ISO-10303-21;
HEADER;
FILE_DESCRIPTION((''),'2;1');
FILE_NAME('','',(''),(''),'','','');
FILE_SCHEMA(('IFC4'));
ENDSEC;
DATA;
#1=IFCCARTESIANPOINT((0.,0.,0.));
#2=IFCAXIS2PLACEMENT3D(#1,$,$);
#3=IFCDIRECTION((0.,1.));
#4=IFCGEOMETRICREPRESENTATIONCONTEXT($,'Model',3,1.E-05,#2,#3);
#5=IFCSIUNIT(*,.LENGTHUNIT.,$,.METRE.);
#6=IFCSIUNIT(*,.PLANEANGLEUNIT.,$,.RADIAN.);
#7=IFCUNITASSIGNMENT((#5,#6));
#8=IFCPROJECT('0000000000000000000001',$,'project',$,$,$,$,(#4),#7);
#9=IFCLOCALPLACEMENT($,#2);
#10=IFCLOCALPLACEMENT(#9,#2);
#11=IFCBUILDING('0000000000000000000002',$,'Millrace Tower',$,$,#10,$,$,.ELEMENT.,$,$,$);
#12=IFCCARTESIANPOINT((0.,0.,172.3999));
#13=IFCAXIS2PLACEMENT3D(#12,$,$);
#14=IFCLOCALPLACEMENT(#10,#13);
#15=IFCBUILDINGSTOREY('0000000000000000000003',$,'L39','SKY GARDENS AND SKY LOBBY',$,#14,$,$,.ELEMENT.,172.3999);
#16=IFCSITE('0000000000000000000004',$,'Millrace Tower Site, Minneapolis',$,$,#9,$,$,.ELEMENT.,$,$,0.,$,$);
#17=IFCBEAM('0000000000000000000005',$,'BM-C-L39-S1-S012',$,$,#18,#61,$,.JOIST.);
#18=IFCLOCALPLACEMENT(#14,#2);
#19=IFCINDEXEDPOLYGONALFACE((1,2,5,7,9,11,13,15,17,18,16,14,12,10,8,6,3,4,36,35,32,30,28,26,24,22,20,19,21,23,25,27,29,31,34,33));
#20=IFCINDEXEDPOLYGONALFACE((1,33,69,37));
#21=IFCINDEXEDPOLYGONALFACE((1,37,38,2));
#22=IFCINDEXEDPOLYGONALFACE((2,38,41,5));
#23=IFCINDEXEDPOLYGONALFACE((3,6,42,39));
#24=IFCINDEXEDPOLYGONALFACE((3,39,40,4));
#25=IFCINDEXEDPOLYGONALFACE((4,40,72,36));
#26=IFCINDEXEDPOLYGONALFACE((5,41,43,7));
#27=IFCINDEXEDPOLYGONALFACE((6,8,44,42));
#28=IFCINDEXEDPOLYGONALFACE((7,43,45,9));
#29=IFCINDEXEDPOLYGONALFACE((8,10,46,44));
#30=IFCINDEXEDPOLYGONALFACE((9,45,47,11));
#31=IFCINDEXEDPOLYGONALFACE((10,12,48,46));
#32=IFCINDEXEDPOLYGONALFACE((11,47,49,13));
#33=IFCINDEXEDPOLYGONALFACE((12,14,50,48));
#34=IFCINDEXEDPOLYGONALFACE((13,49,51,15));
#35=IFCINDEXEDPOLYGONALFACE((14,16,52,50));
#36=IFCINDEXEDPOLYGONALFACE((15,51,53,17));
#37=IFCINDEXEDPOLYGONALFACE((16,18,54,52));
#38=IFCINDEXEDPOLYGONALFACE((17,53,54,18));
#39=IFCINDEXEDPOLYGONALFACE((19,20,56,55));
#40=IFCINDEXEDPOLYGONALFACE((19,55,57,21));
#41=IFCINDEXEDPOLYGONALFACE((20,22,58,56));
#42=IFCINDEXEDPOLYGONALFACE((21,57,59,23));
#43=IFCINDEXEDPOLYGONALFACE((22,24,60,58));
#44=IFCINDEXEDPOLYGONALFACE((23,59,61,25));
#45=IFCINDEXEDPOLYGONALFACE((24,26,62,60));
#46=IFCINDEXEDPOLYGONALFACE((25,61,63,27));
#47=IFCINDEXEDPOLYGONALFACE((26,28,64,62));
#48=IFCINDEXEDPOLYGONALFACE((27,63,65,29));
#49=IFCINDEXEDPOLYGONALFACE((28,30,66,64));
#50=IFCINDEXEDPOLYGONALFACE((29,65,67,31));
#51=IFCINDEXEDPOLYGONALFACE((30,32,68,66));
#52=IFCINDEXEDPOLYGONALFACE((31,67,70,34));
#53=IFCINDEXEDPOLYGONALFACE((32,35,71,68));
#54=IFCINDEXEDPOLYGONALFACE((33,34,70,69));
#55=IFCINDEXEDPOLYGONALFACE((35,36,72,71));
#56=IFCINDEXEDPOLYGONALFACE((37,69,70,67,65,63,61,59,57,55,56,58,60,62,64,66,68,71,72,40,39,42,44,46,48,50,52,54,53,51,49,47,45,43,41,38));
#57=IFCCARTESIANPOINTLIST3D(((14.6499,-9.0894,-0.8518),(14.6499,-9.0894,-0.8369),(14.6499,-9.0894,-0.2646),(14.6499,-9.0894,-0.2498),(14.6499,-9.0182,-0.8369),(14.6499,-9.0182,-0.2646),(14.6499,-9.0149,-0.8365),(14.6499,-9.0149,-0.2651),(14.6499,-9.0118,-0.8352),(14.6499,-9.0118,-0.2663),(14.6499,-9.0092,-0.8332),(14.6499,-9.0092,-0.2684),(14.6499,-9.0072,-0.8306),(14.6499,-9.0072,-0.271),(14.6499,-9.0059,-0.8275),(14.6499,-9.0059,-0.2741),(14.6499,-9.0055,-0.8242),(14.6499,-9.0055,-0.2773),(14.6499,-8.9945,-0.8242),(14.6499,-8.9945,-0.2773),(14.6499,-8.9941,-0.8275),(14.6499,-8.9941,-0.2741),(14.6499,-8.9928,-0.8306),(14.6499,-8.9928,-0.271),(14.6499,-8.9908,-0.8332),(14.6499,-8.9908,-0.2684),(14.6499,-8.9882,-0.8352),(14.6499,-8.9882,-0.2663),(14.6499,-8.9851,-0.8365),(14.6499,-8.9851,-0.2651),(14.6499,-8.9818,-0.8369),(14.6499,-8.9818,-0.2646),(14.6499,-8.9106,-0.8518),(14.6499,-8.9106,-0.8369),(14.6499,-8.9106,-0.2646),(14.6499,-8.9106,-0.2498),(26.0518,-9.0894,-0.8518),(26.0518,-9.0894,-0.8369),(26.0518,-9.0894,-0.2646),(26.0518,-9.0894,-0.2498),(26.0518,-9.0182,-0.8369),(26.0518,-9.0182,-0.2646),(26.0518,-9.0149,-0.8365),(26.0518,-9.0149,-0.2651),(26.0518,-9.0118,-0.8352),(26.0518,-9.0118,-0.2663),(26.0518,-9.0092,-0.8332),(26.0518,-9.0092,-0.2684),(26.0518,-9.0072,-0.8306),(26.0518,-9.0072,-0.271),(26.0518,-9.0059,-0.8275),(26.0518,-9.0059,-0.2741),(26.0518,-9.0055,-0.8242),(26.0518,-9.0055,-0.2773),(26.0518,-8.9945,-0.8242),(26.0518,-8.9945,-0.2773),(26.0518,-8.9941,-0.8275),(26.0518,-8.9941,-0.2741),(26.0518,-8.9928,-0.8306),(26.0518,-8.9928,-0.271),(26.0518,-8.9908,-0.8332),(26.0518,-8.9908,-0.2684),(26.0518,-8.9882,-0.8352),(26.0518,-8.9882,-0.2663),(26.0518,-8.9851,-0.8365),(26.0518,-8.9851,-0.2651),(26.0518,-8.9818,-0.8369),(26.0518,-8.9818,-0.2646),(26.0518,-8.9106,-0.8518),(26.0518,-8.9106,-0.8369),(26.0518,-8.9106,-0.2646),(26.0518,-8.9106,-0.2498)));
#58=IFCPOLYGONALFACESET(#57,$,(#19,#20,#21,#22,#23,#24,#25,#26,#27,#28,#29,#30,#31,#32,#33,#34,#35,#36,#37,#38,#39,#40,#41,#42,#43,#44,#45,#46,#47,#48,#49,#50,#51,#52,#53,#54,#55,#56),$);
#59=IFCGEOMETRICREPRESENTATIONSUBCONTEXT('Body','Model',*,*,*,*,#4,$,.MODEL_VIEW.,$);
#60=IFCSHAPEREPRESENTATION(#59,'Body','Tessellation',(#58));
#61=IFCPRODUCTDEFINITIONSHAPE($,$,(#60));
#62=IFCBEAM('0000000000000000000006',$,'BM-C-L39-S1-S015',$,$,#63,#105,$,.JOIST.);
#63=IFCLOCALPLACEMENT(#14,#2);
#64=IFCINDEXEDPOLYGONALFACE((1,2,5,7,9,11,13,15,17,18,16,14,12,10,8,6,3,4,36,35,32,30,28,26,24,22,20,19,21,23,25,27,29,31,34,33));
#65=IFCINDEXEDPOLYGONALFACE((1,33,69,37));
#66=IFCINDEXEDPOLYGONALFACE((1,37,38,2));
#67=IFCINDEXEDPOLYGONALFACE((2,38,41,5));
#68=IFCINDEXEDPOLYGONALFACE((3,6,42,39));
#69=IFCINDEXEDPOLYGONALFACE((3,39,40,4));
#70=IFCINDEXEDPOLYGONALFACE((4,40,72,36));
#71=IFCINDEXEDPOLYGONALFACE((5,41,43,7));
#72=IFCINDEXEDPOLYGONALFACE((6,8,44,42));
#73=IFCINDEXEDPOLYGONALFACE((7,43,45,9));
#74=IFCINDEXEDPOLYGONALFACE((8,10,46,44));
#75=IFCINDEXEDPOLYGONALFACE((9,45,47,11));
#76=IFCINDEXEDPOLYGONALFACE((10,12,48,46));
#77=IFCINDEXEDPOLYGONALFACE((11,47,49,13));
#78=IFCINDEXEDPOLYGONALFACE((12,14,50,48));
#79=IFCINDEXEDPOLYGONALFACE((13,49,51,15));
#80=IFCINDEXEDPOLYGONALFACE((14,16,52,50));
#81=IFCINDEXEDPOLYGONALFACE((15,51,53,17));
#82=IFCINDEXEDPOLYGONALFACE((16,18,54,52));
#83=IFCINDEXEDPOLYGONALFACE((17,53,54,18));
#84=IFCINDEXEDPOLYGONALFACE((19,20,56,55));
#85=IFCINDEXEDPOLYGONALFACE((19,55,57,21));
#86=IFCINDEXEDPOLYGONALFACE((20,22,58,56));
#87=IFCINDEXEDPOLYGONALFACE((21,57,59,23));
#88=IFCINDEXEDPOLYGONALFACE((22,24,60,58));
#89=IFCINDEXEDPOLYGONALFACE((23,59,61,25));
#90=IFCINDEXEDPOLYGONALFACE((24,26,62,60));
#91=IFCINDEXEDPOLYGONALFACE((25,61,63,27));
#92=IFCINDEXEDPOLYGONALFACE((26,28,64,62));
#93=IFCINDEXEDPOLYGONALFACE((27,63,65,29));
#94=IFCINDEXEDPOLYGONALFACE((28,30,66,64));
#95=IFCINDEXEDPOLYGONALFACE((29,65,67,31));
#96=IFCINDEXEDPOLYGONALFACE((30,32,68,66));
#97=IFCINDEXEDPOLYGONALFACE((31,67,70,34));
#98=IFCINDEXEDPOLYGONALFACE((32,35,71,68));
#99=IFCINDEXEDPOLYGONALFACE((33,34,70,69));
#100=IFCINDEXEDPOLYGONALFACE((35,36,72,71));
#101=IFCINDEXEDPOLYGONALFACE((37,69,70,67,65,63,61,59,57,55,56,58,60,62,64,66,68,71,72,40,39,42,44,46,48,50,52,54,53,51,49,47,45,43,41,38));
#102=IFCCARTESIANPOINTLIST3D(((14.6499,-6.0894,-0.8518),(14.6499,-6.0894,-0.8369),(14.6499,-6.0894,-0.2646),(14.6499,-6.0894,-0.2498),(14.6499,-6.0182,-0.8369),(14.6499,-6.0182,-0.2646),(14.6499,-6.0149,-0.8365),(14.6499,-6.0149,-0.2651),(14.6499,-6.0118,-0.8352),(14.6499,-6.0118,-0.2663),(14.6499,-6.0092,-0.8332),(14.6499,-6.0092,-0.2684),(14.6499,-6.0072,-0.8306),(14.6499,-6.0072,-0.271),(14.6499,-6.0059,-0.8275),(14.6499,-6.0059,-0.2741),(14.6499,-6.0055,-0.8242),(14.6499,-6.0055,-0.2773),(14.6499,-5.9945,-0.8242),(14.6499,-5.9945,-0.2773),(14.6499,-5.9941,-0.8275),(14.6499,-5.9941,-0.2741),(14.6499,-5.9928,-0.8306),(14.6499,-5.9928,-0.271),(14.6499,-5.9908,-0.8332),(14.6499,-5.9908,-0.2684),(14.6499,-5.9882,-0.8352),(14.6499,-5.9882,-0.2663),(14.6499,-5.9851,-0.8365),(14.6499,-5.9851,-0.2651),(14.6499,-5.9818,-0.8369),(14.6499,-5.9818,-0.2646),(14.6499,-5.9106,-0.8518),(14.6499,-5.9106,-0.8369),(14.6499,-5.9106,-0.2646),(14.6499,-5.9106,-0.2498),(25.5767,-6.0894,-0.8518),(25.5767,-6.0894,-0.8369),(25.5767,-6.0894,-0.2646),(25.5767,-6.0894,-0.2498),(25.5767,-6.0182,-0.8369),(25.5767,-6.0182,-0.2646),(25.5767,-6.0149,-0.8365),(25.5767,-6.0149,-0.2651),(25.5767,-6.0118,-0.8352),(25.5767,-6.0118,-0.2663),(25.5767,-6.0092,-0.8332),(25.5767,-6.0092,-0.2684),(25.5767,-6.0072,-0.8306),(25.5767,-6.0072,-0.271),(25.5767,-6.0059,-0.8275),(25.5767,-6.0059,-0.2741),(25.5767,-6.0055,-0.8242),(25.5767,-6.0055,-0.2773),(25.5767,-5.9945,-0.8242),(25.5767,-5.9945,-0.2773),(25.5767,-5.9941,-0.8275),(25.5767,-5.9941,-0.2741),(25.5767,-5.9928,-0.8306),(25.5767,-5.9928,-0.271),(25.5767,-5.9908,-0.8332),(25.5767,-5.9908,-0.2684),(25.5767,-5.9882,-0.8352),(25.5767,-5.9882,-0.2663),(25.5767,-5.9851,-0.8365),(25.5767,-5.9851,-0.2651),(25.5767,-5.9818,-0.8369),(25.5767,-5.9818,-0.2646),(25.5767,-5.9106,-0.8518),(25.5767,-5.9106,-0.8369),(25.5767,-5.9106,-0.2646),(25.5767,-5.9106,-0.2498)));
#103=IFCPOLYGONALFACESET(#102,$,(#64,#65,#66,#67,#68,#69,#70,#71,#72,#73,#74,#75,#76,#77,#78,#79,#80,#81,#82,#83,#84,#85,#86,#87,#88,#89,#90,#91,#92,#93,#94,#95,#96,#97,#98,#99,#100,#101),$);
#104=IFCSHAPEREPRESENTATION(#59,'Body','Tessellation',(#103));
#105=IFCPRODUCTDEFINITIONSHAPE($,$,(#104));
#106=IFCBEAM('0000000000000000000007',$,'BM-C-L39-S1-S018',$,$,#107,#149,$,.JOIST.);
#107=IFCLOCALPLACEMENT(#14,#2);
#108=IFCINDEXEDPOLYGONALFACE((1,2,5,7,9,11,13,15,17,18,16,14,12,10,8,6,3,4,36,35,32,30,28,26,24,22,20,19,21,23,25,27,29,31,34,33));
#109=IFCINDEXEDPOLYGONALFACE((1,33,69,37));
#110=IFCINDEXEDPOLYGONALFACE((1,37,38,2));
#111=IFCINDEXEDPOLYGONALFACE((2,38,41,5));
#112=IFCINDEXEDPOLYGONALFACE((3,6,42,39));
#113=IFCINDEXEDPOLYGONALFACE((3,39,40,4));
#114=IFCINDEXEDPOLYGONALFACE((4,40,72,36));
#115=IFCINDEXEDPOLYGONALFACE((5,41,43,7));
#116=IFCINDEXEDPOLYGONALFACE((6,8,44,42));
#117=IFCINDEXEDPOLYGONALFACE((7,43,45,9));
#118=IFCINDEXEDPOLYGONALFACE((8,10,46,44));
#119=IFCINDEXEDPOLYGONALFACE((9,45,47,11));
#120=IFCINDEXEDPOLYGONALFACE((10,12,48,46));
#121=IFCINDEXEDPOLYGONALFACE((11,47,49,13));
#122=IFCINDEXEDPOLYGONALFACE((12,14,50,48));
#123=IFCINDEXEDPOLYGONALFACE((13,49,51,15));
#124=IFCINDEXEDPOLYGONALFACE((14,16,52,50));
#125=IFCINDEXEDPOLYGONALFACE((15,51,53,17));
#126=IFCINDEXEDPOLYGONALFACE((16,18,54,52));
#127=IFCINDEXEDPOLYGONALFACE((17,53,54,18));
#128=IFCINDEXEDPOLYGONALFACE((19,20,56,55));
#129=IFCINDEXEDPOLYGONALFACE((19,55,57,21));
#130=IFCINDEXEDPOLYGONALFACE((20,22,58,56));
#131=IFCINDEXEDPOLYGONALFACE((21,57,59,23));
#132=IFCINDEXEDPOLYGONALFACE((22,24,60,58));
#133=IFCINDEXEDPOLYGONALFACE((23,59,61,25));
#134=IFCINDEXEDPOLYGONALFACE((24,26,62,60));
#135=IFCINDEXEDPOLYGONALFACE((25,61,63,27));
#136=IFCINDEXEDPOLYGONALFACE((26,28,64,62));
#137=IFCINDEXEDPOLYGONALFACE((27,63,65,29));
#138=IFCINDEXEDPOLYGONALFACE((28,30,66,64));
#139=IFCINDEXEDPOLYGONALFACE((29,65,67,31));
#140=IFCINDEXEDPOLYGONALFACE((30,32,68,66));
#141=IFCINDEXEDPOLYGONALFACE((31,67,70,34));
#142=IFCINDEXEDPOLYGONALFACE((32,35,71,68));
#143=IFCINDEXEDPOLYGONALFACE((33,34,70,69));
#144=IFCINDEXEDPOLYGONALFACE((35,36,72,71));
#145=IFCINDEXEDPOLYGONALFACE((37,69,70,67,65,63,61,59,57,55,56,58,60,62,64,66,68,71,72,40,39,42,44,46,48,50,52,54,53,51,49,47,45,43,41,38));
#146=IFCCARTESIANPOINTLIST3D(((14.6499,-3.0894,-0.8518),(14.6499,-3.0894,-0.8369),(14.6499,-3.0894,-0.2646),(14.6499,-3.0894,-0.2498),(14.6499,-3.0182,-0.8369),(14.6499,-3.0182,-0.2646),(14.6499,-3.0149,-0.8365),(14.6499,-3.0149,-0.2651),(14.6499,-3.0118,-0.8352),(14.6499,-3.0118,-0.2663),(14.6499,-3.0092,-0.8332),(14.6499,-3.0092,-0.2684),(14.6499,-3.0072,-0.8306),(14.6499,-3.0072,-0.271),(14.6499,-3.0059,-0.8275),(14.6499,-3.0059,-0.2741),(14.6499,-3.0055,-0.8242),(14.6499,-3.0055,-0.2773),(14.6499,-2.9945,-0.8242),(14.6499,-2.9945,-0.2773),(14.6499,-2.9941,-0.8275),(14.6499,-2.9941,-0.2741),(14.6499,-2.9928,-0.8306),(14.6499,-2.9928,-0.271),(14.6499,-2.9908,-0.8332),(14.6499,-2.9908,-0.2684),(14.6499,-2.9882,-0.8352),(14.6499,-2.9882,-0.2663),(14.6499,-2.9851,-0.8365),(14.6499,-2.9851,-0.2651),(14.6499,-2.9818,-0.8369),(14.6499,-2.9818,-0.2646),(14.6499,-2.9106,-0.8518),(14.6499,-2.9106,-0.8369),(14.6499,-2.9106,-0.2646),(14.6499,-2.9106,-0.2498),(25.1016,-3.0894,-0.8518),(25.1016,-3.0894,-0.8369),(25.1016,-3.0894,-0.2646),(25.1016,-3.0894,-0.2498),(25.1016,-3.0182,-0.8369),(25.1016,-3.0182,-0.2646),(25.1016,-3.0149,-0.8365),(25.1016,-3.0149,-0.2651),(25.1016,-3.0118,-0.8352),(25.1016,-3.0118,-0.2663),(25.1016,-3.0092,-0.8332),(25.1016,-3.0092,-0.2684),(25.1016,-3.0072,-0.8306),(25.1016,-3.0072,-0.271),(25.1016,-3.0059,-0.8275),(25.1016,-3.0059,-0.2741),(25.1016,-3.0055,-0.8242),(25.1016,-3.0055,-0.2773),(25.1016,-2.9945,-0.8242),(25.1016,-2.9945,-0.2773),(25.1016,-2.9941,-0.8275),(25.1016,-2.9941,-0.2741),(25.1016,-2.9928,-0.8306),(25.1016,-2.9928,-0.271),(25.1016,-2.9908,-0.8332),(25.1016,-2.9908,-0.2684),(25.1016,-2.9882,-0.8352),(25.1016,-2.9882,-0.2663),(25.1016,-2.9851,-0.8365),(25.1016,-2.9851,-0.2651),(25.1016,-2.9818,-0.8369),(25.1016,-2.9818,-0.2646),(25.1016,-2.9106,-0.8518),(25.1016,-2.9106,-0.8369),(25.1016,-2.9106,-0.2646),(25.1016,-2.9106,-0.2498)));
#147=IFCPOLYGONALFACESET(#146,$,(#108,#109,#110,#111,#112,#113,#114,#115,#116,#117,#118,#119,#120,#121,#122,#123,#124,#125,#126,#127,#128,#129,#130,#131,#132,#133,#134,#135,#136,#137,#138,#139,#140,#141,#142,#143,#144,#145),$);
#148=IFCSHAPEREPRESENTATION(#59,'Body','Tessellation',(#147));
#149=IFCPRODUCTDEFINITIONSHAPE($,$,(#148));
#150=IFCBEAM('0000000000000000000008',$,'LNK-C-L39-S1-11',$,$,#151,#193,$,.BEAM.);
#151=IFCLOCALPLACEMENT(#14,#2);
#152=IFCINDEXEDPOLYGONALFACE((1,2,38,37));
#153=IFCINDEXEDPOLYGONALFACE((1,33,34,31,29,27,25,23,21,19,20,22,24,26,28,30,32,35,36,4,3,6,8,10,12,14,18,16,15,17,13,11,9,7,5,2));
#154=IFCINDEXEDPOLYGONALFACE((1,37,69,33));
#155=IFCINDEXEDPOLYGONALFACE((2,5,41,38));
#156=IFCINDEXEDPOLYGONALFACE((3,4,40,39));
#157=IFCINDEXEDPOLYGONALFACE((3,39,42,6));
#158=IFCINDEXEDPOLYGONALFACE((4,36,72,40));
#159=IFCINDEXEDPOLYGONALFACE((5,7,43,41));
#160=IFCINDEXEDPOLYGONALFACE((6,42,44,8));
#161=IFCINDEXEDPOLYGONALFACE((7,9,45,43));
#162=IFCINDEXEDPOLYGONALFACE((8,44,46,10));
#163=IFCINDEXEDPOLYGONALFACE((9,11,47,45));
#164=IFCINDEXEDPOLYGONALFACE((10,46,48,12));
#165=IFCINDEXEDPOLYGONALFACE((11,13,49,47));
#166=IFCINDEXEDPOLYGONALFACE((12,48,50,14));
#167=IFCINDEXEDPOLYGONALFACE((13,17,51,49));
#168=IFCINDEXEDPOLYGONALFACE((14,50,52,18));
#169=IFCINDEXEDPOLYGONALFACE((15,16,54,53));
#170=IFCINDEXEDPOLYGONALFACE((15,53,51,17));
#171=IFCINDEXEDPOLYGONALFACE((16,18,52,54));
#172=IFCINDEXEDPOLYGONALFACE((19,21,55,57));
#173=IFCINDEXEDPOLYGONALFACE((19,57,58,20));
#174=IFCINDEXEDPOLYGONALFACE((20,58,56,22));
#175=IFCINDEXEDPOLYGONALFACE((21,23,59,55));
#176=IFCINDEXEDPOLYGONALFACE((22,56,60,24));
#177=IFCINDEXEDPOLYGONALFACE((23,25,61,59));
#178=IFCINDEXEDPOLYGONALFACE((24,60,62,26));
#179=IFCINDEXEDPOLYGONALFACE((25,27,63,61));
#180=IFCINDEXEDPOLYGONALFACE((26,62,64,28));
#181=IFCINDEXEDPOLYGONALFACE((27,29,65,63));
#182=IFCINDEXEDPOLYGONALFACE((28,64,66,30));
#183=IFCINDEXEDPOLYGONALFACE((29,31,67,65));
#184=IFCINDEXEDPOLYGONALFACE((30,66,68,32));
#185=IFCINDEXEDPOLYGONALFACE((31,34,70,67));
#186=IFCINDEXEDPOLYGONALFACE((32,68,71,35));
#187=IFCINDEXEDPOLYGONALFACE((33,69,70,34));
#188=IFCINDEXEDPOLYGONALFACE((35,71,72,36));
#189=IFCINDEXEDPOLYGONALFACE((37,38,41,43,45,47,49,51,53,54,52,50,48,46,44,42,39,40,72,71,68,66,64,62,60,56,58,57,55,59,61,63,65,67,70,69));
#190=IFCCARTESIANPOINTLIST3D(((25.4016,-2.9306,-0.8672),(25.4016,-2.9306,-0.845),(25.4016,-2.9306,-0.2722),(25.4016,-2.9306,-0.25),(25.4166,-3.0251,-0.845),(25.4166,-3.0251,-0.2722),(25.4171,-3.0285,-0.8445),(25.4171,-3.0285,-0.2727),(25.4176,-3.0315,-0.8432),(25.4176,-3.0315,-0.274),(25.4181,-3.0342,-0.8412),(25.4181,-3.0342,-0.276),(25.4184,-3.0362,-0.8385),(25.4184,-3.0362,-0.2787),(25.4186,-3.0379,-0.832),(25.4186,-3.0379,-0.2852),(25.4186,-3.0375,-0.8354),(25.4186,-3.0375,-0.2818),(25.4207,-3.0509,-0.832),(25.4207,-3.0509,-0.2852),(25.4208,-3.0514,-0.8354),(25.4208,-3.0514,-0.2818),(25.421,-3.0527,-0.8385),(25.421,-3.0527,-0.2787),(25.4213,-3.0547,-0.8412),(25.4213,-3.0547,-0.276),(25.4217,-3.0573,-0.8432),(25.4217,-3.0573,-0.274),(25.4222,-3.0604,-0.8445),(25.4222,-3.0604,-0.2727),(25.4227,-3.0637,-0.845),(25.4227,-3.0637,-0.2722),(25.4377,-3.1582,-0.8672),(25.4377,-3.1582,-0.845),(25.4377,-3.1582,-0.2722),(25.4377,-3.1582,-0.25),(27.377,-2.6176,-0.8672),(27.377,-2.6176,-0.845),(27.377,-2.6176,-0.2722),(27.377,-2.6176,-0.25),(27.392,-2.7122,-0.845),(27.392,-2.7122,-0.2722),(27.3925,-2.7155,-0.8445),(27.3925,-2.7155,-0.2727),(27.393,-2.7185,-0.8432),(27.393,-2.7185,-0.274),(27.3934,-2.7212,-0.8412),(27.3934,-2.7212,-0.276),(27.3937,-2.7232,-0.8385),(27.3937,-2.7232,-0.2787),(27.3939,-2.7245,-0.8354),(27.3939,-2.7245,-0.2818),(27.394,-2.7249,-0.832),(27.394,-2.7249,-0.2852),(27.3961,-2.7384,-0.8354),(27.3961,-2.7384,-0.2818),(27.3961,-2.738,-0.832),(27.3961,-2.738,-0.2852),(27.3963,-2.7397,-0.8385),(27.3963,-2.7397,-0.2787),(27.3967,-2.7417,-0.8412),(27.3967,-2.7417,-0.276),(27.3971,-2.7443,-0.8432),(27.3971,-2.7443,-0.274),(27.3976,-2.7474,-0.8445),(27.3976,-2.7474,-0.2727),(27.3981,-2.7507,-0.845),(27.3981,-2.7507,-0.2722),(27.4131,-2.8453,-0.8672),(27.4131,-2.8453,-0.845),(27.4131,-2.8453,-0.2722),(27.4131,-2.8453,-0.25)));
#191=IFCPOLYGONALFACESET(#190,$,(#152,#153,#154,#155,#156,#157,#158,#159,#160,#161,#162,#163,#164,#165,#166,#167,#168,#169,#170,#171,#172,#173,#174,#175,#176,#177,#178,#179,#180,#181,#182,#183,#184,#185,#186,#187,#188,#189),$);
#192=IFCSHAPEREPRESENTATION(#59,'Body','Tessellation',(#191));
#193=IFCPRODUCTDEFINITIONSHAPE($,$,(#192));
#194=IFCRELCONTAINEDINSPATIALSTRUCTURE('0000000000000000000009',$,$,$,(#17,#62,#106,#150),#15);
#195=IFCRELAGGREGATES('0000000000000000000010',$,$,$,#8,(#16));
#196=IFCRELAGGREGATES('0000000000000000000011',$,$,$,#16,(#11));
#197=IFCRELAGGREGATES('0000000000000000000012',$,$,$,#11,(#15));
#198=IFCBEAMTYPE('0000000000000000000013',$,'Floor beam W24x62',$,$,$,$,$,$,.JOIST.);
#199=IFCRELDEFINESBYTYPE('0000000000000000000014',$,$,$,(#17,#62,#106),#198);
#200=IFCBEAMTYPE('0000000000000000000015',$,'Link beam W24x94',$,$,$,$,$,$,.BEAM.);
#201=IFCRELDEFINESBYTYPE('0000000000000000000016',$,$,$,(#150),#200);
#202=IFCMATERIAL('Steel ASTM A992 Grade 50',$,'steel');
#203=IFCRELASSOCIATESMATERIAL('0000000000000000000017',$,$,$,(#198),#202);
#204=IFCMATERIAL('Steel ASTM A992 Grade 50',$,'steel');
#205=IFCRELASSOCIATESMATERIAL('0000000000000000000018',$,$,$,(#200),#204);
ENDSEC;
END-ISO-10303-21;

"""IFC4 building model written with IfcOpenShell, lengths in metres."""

from ifc_helpers import new_model, si_unit, direction, frame, origin, origin_2d, place, context, subcontext, project, spatial, i_section, extrude, material, material_profile, profile_set, type_object, element, save


model = new_model("IFC4")

# Units and contexts
model_context = context("Model", 3, precision=1e-05, world=origin(), true_north=direction((0.0, 1.0)))
body_context = subcontext(model_context, "Body", "Model", "MODEL_VIEW")
ifc_project = project(units=[si_unit("LENGTHUNIT", "METRE"), si_unit("PLANEANGLEUNIT", "RADIAN")], contexts=[model_context])

# Site, building, storey
site_placement = place(None, origin())
site = spatial("IfcSite", under=ifc_project, at=site_placement, Name="Millrace Tower Site, Minneapolis", CompositionType="ELEMENT", RefElevation=0.0)
building_placement = place(site_placement, origin())
building = spatial("IfcBuilding", under=site, at=building_placement, Name="Millrace Tower", CompositionType="ELEMENT")
storey_placement = place(building_placement, frame((0.0, 0.0, 172.3999)))
storey = spatial("IfcBuildingStorey", under=building, at=storey_placement, Name="L39", Description="SKY GARDENS AND SKY LOBBY", CompositionType="ELEMENT", Elevation=172.3999)

# Beams
ifc_material_1 = material(Name="Steel ASTM A992 Grade 50", Category="steel")
ifc_material_profile_1 = material_profile(ifc_material_1, i_section(OverallWidth=0.1787, OverallDepth=0.6021, WebThickness=0.011, FlangeThickness=0.0149, FilletRadius=0.0127, at=origin_2d()))
ifc_profile_set_1 = profile_set([ifc_material_profile_1], Name="Steel ASTM A992 Grade 50")
beam_type_1 = type_object("IfcBeamType", Name="Floor beam W24x62", PredefinedType="JOIST", material=ifc_profile_set_1)
beam_1_placement = place(storey_placement, frame((14.6499, -9.0, -0.5508), z_axis=(1.0, 0.0, 0.0), x_axis=(0.0, 1.0, 0.0)))
element("IfcBeam", 1, at=beam_1_placement, inside=storey, type_object=beam_type_1, Name="BM-C-L39-S1-S012", PredefinedType="JOIST", context=body_context, shape_type="SweptSolid", body=[
    extrude(i_section(OverallWidth=0.1787, OverallDepth=0.6021, WebThickness=0.011, FlangeThickness=0.0149, FilletRadius=0.0127, at=origin_2d()), origin(), (0.0, 0.0, 1.0), 11.4019),
])
beam_2_placement = place(storey_placement, frame((14.6499, -6.0, -0.5508), z_axis=(1.0, 0.0, 0.0), x_axis=(0.0, 1.0, 0.0)))
element("IfcBeam", 2, at=beam_2_placement, inside=storey, type_object=beam_type_1, Name="BM-C-L39-S1-S015", PredefinedType="JOIST", context=body_context, shape_type="SweptSolid", body=[
    extrude(i_section(OverallWidth=0.1787, OverallDepth=0.6021, WebThickness=0.011, FlangeThickness=0.0149, FilletRadius=0.0127, at=origin_2d()), origin(), (0.0, 0.0, 1.0), 10.9268),
])
beam_3_placement = place(storey_placement, frame((14.6499, -3.0, -0.5508), z_axis=(1.0, 0.0, 0.0), x_axis=(0.0, 1.0, 0.0)))
element("IfcBeam", 3, at=beam_3_placement, inside=storey, type_object=beam_type_1, Name="BM-C-L39-S1-S018", PredefinedType="JOIST", context=body_context, shape_type="SweptSolid", body=[
    extrude(i_section(OverallWidth=0.1787, OverallDepth=0.6021, WebThickness=0.011, FlangeThickness=0.0149, FilletRadius=0.0127, at=origin_2d()), origin(), (0.0, 0.0, 1.0), 10.4517),
])
ifc_material_2 = material(Name="Steel ASTM A992 Grade 50", Category="steel")
ifc_material_profile_2 = material_profile(ifc_material_2, i_section(OverallWidth=0.2305, OverallDepth=0.6172, WebThickness=0.0132, FlangeThickness=0.0222, FilletRadius=0.0129, at=origin_2d()))
ifc_profile_set_2 = profile_set([ifc_material_profile_2], Name="Steel ASTM A992 Grade 50")
beam_type_2 = type_object("IfcBeamType", Name="Link beam W24x94", PredefinedType="BEAM", material=ifc_profile_set_2)
beam_4_placement = place(storey_placement, frame((25.4197, -3.0444, -0.5586), z_axis=(0.987679, 0.156495, 0.0), x_axis=(-0.156495, 0.987679, 0.0)))
element("IfcBeam", 4, at=beam_4_placement, inside=storey, type_object=beam_type_2, Name="LNK-C-L39-S1-11", PredefinedType="BEAM", context=body_context, shape_type="SweptSolid", body=[
    extrude(i_section(OverallWidth=0.2305, OverallDepth=0.6172, WebThickness=0.0132, FlangeThickness=0.0222, FilletRadius=0.0129, at=origin_2d()), origin(), (0.0, 0.0, 1.0), 2.0),
])

save(model, "model.ifc")
